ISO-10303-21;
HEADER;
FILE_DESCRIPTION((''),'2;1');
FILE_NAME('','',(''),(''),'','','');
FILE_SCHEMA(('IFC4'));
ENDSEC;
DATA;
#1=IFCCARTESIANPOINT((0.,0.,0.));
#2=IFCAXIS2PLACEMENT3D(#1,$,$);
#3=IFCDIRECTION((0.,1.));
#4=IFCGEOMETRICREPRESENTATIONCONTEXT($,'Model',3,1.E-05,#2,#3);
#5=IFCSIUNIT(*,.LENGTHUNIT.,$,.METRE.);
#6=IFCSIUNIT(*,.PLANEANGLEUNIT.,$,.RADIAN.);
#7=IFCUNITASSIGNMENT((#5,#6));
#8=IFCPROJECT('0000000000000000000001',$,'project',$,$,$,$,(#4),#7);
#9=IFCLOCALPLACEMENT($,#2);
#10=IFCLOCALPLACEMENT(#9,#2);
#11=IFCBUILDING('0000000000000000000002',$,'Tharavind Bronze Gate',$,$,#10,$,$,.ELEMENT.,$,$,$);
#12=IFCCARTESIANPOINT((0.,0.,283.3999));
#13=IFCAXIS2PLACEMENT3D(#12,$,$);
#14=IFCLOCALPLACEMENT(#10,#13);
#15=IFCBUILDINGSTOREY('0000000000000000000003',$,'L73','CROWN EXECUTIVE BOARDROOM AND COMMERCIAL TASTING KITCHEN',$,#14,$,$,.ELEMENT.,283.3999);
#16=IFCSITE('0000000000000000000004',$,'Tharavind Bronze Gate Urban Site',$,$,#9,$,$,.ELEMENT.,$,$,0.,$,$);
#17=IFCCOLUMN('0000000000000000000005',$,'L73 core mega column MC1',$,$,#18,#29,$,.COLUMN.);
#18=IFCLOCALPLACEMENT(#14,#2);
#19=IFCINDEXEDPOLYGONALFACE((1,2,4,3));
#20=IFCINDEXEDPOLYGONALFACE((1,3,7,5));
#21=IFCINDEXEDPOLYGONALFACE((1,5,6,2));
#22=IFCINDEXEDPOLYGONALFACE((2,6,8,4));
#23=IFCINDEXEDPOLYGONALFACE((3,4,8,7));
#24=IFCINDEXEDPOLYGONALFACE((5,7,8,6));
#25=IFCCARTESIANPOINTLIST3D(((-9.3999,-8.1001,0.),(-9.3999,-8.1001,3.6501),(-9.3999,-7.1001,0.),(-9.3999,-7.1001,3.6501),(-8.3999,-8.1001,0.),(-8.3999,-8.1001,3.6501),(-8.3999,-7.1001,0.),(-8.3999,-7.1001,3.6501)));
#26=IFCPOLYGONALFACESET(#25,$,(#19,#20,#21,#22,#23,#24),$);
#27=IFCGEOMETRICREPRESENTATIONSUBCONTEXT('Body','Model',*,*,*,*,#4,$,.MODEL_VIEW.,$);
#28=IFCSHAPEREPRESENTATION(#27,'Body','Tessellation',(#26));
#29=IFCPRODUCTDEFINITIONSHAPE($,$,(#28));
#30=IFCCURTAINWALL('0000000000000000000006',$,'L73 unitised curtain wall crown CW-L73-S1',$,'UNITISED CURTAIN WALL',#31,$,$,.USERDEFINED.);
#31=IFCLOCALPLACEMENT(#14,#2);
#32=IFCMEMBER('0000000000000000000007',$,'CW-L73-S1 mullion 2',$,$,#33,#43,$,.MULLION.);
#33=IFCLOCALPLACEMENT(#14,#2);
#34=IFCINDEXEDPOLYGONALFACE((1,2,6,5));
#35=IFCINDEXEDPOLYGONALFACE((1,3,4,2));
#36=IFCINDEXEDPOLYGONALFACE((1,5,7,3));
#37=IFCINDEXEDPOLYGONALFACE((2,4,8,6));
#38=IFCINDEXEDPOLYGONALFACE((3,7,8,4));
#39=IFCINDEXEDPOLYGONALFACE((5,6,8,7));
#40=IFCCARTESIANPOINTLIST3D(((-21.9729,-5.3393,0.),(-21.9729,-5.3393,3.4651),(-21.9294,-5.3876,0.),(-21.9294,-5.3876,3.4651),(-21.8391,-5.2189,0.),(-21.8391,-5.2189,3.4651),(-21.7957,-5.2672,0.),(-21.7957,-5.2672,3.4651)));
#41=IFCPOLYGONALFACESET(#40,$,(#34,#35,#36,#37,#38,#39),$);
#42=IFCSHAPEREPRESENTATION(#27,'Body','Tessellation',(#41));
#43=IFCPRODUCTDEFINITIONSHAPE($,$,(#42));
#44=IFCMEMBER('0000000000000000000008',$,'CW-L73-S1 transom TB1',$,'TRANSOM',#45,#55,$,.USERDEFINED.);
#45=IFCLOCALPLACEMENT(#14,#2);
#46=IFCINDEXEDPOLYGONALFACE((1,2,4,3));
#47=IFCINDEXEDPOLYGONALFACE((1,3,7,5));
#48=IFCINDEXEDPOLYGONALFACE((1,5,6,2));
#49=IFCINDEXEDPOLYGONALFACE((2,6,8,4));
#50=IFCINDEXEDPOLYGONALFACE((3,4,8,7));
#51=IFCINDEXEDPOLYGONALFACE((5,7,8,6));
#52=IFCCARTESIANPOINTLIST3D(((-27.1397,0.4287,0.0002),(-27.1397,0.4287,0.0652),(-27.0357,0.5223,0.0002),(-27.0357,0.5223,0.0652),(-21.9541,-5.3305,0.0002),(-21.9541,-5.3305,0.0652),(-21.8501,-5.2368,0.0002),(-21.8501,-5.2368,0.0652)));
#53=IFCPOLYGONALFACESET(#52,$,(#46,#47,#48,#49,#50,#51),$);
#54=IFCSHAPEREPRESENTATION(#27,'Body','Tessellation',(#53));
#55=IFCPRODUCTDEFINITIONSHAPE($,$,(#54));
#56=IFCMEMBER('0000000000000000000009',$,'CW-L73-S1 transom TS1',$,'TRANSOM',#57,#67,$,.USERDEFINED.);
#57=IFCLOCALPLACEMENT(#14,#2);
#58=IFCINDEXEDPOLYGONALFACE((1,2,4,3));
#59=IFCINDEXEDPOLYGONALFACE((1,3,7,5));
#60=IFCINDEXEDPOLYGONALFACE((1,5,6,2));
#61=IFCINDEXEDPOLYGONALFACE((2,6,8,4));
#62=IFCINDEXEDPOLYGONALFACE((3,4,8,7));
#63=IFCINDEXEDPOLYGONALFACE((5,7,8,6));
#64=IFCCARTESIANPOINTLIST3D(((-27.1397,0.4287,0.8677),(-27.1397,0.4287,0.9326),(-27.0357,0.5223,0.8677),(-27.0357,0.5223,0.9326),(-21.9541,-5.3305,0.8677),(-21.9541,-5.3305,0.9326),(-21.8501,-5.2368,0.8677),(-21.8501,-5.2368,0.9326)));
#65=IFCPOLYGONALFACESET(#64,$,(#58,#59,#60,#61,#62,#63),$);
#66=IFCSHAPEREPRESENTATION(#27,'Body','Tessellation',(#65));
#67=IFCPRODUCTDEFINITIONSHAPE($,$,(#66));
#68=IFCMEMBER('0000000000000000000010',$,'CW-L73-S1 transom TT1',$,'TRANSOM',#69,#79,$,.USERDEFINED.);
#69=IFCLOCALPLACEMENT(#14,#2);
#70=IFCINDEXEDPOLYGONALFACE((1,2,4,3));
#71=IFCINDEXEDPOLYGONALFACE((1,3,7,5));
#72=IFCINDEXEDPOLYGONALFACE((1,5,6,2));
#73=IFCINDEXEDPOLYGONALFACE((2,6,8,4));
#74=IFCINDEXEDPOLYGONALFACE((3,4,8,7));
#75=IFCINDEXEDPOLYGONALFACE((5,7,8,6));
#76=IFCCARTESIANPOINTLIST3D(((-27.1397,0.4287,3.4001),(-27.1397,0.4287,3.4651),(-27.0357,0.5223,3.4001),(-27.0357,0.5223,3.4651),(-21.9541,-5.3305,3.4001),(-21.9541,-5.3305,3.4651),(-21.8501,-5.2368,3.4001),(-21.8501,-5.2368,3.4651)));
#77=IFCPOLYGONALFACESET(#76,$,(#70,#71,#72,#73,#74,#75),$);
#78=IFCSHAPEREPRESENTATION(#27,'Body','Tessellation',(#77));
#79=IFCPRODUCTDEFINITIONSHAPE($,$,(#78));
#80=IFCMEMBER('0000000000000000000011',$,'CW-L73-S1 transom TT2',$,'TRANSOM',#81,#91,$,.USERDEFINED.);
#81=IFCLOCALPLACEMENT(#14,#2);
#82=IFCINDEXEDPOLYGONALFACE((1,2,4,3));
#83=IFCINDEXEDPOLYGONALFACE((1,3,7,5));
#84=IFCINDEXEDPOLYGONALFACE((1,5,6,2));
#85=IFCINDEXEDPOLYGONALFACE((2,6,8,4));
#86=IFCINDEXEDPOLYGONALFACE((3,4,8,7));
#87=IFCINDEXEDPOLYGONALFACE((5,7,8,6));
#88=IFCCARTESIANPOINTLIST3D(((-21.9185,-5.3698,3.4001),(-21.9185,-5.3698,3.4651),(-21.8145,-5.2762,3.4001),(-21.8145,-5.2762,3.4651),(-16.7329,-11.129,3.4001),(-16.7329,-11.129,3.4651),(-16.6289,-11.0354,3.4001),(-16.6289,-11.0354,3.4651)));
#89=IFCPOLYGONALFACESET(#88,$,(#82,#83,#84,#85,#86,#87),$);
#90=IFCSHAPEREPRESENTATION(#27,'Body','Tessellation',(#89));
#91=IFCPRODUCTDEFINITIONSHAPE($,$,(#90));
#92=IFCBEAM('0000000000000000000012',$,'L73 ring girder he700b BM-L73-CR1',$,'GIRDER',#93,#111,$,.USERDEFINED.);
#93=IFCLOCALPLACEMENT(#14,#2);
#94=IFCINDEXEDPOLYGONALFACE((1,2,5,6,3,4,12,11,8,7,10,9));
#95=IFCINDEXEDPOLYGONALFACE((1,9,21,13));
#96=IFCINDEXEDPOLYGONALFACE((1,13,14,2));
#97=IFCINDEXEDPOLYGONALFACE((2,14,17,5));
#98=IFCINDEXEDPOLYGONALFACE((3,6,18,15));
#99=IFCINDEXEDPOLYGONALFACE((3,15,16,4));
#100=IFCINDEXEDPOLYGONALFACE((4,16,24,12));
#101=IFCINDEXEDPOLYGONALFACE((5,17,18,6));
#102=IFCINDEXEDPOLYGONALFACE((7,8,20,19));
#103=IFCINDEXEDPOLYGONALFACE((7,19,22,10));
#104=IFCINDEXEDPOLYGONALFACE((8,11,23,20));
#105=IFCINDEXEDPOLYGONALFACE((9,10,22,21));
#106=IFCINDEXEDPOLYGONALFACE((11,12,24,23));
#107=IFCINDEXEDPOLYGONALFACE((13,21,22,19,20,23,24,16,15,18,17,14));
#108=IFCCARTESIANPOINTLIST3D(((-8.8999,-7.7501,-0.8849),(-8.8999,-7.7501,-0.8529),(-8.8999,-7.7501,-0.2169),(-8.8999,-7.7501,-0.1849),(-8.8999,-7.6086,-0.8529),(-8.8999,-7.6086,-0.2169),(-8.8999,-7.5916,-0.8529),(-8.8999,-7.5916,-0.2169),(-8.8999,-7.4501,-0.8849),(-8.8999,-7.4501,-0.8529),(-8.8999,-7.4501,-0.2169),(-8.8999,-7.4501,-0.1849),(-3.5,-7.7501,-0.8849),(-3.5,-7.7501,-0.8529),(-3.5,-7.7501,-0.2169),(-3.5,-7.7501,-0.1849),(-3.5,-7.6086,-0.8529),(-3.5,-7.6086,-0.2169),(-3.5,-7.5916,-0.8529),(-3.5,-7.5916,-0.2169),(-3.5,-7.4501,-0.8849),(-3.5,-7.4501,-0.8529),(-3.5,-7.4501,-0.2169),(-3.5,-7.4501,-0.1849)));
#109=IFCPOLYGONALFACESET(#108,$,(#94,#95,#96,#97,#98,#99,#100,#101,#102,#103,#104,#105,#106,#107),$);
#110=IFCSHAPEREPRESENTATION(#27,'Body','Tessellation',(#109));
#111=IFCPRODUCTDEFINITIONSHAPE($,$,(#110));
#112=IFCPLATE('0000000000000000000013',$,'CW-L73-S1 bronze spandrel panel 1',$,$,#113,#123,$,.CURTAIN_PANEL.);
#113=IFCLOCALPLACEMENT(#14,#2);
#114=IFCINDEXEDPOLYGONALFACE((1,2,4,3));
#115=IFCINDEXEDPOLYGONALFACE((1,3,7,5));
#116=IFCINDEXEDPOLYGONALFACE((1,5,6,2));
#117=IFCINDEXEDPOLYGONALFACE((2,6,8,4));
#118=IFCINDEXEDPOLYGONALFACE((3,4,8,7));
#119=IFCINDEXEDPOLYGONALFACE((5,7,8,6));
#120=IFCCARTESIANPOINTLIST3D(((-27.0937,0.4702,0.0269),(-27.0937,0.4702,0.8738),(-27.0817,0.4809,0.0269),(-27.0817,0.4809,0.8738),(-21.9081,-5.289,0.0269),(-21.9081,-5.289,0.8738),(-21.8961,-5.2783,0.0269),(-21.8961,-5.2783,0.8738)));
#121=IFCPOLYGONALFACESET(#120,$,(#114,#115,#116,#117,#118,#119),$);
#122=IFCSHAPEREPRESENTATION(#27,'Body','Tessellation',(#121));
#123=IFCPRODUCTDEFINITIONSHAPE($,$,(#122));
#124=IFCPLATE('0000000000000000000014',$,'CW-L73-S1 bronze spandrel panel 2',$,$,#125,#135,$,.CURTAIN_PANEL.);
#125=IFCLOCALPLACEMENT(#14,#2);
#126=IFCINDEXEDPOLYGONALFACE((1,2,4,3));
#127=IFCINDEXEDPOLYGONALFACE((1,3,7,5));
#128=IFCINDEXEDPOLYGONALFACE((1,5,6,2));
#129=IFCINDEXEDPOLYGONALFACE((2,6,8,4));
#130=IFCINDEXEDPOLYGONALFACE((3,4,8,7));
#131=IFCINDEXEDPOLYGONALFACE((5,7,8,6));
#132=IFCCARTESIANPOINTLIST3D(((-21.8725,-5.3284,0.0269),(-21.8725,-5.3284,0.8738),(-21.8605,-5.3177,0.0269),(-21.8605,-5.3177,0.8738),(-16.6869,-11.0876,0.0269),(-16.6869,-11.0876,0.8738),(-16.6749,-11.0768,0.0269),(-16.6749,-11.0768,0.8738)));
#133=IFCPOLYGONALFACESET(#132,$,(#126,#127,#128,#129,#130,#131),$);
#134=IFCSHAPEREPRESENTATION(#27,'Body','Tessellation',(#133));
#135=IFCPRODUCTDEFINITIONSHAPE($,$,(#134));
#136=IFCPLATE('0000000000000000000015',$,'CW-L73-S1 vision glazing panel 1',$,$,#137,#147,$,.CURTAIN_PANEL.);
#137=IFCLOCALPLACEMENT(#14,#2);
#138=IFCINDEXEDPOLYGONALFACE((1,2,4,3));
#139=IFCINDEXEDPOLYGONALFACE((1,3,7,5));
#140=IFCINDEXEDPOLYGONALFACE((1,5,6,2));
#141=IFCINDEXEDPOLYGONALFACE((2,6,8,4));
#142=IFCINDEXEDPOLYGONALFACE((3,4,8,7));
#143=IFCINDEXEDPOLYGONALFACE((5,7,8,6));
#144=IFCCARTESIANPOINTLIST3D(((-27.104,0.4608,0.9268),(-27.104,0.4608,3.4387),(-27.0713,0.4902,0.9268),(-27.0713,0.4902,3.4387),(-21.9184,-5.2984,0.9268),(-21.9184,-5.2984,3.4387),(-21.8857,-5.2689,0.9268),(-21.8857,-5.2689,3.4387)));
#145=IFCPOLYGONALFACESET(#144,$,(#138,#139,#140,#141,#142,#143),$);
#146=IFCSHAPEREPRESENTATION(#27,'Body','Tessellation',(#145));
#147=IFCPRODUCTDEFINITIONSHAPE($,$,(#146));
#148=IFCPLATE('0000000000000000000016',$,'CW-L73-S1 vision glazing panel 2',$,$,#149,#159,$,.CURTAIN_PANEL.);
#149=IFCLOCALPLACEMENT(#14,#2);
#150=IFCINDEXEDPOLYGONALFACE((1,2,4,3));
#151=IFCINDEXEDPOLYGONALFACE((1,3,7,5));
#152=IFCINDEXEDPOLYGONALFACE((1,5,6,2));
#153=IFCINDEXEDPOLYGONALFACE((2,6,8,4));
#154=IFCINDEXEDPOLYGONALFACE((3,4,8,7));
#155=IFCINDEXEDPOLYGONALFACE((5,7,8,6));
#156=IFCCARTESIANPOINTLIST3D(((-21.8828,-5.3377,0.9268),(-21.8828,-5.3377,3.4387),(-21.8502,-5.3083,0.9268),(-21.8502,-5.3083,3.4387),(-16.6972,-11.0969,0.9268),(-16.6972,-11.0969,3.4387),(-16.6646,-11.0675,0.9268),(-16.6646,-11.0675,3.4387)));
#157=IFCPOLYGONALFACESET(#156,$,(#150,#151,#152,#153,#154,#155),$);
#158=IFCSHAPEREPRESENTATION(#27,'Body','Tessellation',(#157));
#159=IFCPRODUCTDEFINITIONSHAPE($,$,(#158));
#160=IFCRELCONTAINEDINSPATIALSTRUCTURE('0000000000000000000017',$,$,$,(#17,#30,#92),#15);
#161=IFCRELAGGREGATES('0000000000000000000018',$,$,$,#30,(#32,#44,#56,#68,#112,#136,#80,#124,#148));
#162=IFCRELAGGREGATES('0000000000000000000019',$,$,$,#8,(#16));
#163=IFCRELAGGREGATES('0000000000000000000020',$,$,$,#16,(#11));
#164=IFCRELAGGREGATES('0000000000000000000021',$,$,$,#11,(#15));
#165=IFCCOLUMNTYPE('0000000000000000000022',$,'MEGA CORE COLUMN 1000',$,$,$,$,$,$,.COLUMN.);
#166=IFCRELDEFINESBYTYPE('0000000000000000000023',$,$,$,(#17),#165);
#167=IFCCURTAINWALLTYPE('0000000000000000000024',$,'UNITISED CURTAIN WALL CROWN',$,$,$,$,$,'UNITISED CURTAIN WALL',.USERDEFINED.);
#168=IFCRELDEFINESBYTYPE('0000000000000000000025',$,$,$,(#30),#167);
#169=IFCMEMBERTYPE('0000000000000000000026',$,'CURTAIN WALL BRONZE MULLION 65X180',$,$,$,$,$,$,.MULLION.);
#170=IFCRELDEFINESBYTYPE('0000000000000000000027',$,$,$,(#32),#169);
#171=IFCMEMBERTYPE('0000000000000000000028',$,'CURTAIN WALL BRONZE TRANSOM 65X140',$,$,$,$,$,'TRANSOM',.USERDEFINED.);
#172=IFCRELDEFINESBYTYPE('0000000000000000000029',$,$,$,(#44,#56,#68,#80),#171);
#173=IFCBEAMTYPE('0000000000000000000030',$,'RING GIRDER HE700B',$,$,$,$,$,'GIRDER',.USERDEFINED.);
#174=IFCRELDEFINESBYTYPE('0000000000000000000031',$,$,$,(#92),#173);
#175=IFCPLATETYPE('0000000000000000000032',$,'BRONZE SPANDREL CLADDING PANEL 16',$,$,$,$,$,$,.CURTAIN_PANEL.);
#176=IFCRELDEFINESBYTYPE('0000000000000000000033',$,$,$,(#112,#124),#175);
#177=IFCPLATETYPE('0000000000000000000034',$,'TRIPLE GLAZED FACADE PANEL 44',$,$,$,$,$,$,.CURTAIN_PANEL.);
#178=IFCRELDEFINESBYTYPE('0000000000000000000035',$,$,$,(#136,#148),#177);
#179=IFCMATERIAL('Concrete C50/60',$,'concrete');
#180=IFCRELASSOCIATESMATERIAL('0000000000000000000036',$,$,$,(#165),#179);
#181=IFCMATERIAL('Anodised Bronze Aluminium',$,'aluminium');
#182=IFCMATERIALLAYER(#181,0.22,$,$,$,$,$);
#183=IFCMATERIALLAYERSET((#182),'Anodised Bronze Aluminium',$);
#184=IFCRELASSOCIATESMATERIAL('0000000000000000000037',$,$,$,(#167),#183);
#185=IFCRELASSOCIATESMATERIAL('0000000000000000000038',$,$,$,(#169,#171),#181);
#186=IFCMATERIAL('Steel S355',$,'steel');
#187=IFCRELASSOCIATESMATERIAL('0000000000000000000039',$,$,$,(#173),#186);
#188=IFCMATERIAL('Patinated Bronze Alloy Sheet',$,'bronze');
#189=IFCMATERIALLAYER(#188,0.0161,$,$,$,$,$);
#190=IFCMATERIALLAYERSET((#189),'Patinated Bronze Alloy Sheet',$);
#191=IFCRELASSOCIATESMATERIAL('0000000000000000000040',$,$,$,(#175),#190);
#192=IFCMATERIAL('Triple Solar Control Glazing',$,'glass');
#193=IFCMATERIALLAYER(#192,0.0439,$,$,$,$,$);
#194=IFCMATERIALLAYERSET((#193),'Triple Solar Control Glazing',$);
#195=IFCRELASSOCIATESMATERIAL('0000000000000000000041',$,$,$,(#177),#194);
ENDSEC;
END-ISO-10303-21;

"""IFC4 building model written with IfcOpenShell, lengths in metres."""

from ifc_helpers import new_model, si_unit, direction, frame, origin, origin_2d, place, context, subcontext, project, spatial, rectangle, i_section, extrude, material, layer, layer_set, material_profile, profile_set, type_object, element, aggregate, save


model = new_model("IFC4")

# Units and contexts
model_context = context("Model", 3, precision=1e-05, world=origin(), true_north=direction((0.0, 1.0)))
body_context = subcontext(model_context, "Body", "Model", "MODEL_VIEW")
ifc_project = project(units=[si_unit("LENGTHUNIT", "METRE"), si_unit("PLANEANGLEUNIT", "RADIAN")], contexts=[model_context])

# Site, building, storey
site_placement = place(None, origin())
site = spatial("IfcSite", under=ifc_project, at=site_placement, Name="Tharavind Bronze Gate Urban Site", CompositionType="ELEMENT", RefElevation=0.0)
building_placement = place(site_placement, origin())
building = spatial("IfcBuilding", under=site, at=building_placement, Name="Tharavind Bronze Gate", CompositionType="ELEMENT")
storey_placement = place(building_placement, frame((0.0, 0.0, 283.3999)))
storey = spatial("IfcBuildingStorey", under=building, at=storey_placement, Name="L73", Description="CROWN EXECUTIVE BOARDROOM AND COMMERCIAL TASTING KITCHEN", CompositionType="ELEMENT", Elevation=283.3999)

# Column
ifc_material_1 = material(Name="Concrete C50/60", Category="concrete")
ifc_material_profile_1 = material_profile(ifc_material_1, rectangle(XDim=1.0, YDim=1.0, at=origin_2d()), Name="RCCOL1000")
ifc_profile_set_1 = profile_set([ifc_material_profile_1], Name="Concrete C50/60")
column_type = type_object("IfcColumnType", Name="MEGA CORE COLUMN 1000", PredefinedType="COLUMN", material=ifc_profile_set_1)
column_placement = place(storey_placement, frame((-8.8999, -7.6001, 0.0), z_axis=(0.0, 0.0, 1.0), x_axis=(1.0, 0.0, 0.0)))
element("IfcColumn", 1, at=column_placement, inside=storey, type_object=column_type, Name="L73 core mega column MC1", PredefinedType="COLUMN", context=body_context, shape_type="SweptSolid", body=[
    extrude(rectangle(XDim=1.0, YDim=1.0, at=origin_2d()), origin(), (0.0, 0.0, 1.0), 3.6501),
])

# Curtain wall, members
ifc_material_2 = material(Name="Anodised Bronze Aluminium", Category="aluminium")
ifc_layer_1 = layer(ifc_material_2, 0.22)
ifc_layer_set_1 = layer_set([ifc_layer_1], Name="Anodised Bronze Aluminium")
curtain_wall_type = type_object("IfcCurtainWallType", Name="UNITISED CURTAIN WALL CROWN", ElementType="UNITISED CURTAIN WALL", PredefinedType="USERDEFINED", material=ifc_layer_set_1)
curtain_wall_placement = place(storey_placement, origin())
curtain_wall = element("IfcCurtainWall", 2, at=curtain_wall_placement, inside=storey, type_object=curtain_wall_type, Name="L73 unitised curtain wall crown CW-L73-S1", ObjectType="UNITISED CURTAIN WALL", PredefinedType="USERDEFINED")
member_type_1 = type_object("IfcMemberType", Name="CURTAIN WALL BRONZE MULLION 65X180", PredefinedType="MULLION", material=ifc_material_2)
member_1_placement = place(storey_placement, frame((-21.8843, -5.3032, 0.0), z_axis=(0.0, 0.0, 1.0), x_axis=(0.669131, -0.743145, 0.0)))
member_1 = element("IfcMember", 3, at=member_1_placement, type_object=member_type_1, Name="CW-L73-S1 mullion 2", PredefinedType="MULLION", context=body_context, shape_type="SweptSolid", body=[
    extrude(rectangle(XDim=0.0649, YDim=0.1799, at=origin_2d()), origin(), (0.0, 0.0, 1.0), 3.4651),
])
member_type_2 = type_object("IfcMemberType", Name="CURTAIN WALL BRONZE TRANSOM 65X140", ElementType="TRANSOM", PredefinedType="USERDEFINED", material=ifc_material_2)
member_2_placement = place(storey_placement, frame((-24.4949, -2.4041, 0.0002), z_axis=(0.0, 0.0, 1.0), x_axis=(0.669131, -0.743145, 0.0)))
member_2 = element("IfcMember", 4, at=member_2_placement, type_object=member_type_2, Name="CW-L73-S1 transom TB1", ObjectType="TRANSOM", PredefinedType="USERDEFINED", context=body_context, shape_type="SweptSolid", body=[
    extrude(rectangle(XDim=7.7498, YDim=0.1399, at=origin_2d()), origin(), (0.0, 0.0, 1.0), 0.0649),
])
member_3_placement = place(storey_placement, frame((-24.4949, -2.4041, 0.8677), z_axis=(0.0, 0.0, 1.0), x_axis=(0.669131, -0.743145, 0.0)))
member_3 = element("IfcMember", 5, at=member_3_placement, type_object=member_type_2, Name="CW-L73-S1 transom TS1", ObjectType="TRANSOM", PredefinedType="USERDEFINED", context=body_context, shape_type="SweptSolid", body=[
    extrude(rectangle(XDim=7.7498, YDim=0.1399, at=origin_2d()), origin(), (0.0, 0.0, 1.0), 0.0649),
])
member_4_placement = place(storey_placement, frame((-24.4949, -2.4041, 3.4001), z_axis=(0.0, 0.0, 1.0), x_axis=(0.669131, -0.743145, 0.0)))
member_4 = element("IfcMember", 6, at=member_4_placement, type_object=member_type_2, Name="CW-L73-S1 transom TT1", ObjectType="TRANSOM", PredefinedType="USERDEFINED", context=body_context, shape_type="SweptSolid", body=[
    extrude(rectangle(XDim=7.7498, YDim=0.1399, at=origin_2d()), origin(), (0.0, 0.0, 1.0), 0.0649),
])
member_5_placement = place(storey_placement, frame((-19.2737, -8.2026, 3.4001), z_axis=(0.0, 0.0, 1.0), x_axis=(0.669131, -0.743145, 0.0)))
member_5 = element("IfcMember", 7, at=member_5_placement, type_object=member_type_2, Name="CW-L73-S1 transom TT2", ObjectType="TRANSOM", PredefinedType="USERDEFINED", context=body_context, shape_type="SweptSolid", body=[
    extrude(rectangle(XDim=7.7498, YDim=0.1399, at=origin_2d()), origin(), (0.0, 0.0, 1.0), 0.0649),
])

# Beam
ifc_material_3 = material(Name="Steel S355", Category="steel")
ifc_material_profile_2 = material_profile(ifc_material_3, i_section(OverallWidth=0.3, OverallDepth=0.7, WebThickness=0.0171, FlangeThickness=0.032, at=origin_2d()), Name="HE700B")
ifc_profile_set_2 = profile_set([ifc_material_profile_2], Name="Steel S355")
beam_type = type_object("IfcBeamType", Name="RING GIRDER HE700B", ElementType="GIRDER", PredefinedType="USERDEFINED", material=ifc_profile_set_2)
beam_placement = place(storey_placement, frame((-8.8999, -7.6001, -0.5349), z_axis=(1.0, 0.0, 0.0), x_axis=(0.0, 1.0, 0.0)))
element("IfcBeam", 8, at=beam_placement, inside=storey, type_object=beam_type, Name="L73 ring girder he700b BM-L73-CR1", ObjectType="GIRDER", PredefinedType="USERDEFINED", context=body_context, shape_type="SweptSolid", body=[
    extrude(i_section(OverallWidth=0.3, OverallDepth=0.7, WebThickness=0.0171, FlangeThickness=0.032, at=origin_2d()), origin(), (0.0, 0.0, 1.0), 5.3999),
])

# Plates
ifc_material_4 = material(Name="Patinated Bronze Alloy Sheet", Category="bronze")
ifc_layer_2 = layer(ifc_material_4, 0.0161)
ifc_layer_set_2 = layer_set([ifc_layer_2], Name="Patinated Bronze Alloy Sheet")
plate_type_1 = type_object("IfcPlateType", Name="BRONZE SPANDREL CLADDING PANEL 16", PredefinedType="CURTAIN_PANEL", material=ifc_layer_set_2)
plate_1_placement = place(storey_placement, frame((-24.4949, -2.4041, 0.0269), z_axis=(0.0, 0.0, 1.0), x_axis=(0.669131, -0.743145, 0.0)))
plate_1 = element("IfcPlate", 9, at=plate_1_placement, type_object=plate_type_1, Name="CW-L73-S1 bronze spandrel panel 1", PredefinedType="CURTAIN_PANEL", context=body_context, shape_type="SweptSolid", body=[
    extrude(rectangle(XDim=7.7498, YDim=0.0161, at=origin_2d()), origin(), (0.0, 0.0, 1.0), 0.8469),
])
plate_2_placement = place(storey_placement, frame((-19.2737, -8.2026, 0.0269), z_axis=(0.0, 0.0, 1.0), x_axis=(0.669131, -0.743145, 0.0)))
plate_2 = element("IfcPlate", 10, at=plate_2_placement, type_object=plate_type_1, Name="CW-L73-S1 bronze spandrel panel 2", PredefinedType="CURTAIN_PANEL", context=body_context, shape_type="SweptSolid", body=[
    extrude(rectangle(XDim=7.7498, YDim=0.0161, at=origin_2d()), origin(), (0.0, 0.0, 1.0), 0.8469),
])
ifc_material_5 = material(Name="Triple Solar Control Glazing", Category="glass")
ifc_layer_3 = layer(ifc_material_5, 0.0439)
ifc_layer_set_3 = layer_set([ifc_layer_3], Name="Triple Solar Control Glazing")
plate_type_2 = type_object("IfcPlateType", Name="TRIPLE GLAZED FACADE PANEL 44", PredefinedType="CURTAIN_PANEL", material=ifc_layer_set_3)
plate_3_placement = place(storey_placement, frame((-24.4949, -2.4041, 0.9268), z_axis=(0.0, 0.0, 1.0), x_axis=(0.669131, -0.743145, 0.0)))
plate_3 = element("IfcPlate", 11, at=plate_3_placement, type_object=plate_type_2, Name="CW-L73-S1 vision glazing panel 1", PredefinedType="CURTAIN_PANEL", context=body_context, shape_type="SweptSolid", body=[
    extrude(rectangle(XDim=7.7498, YDim=0.0439, at=origin_2d()), origin(), (0.0, 0.0, 1.0), 2.512),
])
plate_4_placement = place(storey_placement, frame((-19.2737, -8.2026, 0.9268), z_axis=(0.0, 0.0, 1.0), x_axis=(0.669131, -0.743145, 0.0)))
plate_4 = element("IfcPlate", 12, at=plate_4_placement, type_object=plate_type_2, Name="CW-L73-S1 vision glazing panel 2", PredefinedType="CURTAIN_PANEL", context=body_context, shape_type="SweptSolid", body=[
    extrude(rectangle(XDim=7.7498, YDim=0.0439, at=origin_2d()), origin(), (0.0, 0.0, 1.0), 2.512),
])
aggregate(curtain_wall, [member_1, member_2, member_3, member_4, plate_1, plate_3, member_5, plate_2, plate_4])

save(model, "model.ifc")
